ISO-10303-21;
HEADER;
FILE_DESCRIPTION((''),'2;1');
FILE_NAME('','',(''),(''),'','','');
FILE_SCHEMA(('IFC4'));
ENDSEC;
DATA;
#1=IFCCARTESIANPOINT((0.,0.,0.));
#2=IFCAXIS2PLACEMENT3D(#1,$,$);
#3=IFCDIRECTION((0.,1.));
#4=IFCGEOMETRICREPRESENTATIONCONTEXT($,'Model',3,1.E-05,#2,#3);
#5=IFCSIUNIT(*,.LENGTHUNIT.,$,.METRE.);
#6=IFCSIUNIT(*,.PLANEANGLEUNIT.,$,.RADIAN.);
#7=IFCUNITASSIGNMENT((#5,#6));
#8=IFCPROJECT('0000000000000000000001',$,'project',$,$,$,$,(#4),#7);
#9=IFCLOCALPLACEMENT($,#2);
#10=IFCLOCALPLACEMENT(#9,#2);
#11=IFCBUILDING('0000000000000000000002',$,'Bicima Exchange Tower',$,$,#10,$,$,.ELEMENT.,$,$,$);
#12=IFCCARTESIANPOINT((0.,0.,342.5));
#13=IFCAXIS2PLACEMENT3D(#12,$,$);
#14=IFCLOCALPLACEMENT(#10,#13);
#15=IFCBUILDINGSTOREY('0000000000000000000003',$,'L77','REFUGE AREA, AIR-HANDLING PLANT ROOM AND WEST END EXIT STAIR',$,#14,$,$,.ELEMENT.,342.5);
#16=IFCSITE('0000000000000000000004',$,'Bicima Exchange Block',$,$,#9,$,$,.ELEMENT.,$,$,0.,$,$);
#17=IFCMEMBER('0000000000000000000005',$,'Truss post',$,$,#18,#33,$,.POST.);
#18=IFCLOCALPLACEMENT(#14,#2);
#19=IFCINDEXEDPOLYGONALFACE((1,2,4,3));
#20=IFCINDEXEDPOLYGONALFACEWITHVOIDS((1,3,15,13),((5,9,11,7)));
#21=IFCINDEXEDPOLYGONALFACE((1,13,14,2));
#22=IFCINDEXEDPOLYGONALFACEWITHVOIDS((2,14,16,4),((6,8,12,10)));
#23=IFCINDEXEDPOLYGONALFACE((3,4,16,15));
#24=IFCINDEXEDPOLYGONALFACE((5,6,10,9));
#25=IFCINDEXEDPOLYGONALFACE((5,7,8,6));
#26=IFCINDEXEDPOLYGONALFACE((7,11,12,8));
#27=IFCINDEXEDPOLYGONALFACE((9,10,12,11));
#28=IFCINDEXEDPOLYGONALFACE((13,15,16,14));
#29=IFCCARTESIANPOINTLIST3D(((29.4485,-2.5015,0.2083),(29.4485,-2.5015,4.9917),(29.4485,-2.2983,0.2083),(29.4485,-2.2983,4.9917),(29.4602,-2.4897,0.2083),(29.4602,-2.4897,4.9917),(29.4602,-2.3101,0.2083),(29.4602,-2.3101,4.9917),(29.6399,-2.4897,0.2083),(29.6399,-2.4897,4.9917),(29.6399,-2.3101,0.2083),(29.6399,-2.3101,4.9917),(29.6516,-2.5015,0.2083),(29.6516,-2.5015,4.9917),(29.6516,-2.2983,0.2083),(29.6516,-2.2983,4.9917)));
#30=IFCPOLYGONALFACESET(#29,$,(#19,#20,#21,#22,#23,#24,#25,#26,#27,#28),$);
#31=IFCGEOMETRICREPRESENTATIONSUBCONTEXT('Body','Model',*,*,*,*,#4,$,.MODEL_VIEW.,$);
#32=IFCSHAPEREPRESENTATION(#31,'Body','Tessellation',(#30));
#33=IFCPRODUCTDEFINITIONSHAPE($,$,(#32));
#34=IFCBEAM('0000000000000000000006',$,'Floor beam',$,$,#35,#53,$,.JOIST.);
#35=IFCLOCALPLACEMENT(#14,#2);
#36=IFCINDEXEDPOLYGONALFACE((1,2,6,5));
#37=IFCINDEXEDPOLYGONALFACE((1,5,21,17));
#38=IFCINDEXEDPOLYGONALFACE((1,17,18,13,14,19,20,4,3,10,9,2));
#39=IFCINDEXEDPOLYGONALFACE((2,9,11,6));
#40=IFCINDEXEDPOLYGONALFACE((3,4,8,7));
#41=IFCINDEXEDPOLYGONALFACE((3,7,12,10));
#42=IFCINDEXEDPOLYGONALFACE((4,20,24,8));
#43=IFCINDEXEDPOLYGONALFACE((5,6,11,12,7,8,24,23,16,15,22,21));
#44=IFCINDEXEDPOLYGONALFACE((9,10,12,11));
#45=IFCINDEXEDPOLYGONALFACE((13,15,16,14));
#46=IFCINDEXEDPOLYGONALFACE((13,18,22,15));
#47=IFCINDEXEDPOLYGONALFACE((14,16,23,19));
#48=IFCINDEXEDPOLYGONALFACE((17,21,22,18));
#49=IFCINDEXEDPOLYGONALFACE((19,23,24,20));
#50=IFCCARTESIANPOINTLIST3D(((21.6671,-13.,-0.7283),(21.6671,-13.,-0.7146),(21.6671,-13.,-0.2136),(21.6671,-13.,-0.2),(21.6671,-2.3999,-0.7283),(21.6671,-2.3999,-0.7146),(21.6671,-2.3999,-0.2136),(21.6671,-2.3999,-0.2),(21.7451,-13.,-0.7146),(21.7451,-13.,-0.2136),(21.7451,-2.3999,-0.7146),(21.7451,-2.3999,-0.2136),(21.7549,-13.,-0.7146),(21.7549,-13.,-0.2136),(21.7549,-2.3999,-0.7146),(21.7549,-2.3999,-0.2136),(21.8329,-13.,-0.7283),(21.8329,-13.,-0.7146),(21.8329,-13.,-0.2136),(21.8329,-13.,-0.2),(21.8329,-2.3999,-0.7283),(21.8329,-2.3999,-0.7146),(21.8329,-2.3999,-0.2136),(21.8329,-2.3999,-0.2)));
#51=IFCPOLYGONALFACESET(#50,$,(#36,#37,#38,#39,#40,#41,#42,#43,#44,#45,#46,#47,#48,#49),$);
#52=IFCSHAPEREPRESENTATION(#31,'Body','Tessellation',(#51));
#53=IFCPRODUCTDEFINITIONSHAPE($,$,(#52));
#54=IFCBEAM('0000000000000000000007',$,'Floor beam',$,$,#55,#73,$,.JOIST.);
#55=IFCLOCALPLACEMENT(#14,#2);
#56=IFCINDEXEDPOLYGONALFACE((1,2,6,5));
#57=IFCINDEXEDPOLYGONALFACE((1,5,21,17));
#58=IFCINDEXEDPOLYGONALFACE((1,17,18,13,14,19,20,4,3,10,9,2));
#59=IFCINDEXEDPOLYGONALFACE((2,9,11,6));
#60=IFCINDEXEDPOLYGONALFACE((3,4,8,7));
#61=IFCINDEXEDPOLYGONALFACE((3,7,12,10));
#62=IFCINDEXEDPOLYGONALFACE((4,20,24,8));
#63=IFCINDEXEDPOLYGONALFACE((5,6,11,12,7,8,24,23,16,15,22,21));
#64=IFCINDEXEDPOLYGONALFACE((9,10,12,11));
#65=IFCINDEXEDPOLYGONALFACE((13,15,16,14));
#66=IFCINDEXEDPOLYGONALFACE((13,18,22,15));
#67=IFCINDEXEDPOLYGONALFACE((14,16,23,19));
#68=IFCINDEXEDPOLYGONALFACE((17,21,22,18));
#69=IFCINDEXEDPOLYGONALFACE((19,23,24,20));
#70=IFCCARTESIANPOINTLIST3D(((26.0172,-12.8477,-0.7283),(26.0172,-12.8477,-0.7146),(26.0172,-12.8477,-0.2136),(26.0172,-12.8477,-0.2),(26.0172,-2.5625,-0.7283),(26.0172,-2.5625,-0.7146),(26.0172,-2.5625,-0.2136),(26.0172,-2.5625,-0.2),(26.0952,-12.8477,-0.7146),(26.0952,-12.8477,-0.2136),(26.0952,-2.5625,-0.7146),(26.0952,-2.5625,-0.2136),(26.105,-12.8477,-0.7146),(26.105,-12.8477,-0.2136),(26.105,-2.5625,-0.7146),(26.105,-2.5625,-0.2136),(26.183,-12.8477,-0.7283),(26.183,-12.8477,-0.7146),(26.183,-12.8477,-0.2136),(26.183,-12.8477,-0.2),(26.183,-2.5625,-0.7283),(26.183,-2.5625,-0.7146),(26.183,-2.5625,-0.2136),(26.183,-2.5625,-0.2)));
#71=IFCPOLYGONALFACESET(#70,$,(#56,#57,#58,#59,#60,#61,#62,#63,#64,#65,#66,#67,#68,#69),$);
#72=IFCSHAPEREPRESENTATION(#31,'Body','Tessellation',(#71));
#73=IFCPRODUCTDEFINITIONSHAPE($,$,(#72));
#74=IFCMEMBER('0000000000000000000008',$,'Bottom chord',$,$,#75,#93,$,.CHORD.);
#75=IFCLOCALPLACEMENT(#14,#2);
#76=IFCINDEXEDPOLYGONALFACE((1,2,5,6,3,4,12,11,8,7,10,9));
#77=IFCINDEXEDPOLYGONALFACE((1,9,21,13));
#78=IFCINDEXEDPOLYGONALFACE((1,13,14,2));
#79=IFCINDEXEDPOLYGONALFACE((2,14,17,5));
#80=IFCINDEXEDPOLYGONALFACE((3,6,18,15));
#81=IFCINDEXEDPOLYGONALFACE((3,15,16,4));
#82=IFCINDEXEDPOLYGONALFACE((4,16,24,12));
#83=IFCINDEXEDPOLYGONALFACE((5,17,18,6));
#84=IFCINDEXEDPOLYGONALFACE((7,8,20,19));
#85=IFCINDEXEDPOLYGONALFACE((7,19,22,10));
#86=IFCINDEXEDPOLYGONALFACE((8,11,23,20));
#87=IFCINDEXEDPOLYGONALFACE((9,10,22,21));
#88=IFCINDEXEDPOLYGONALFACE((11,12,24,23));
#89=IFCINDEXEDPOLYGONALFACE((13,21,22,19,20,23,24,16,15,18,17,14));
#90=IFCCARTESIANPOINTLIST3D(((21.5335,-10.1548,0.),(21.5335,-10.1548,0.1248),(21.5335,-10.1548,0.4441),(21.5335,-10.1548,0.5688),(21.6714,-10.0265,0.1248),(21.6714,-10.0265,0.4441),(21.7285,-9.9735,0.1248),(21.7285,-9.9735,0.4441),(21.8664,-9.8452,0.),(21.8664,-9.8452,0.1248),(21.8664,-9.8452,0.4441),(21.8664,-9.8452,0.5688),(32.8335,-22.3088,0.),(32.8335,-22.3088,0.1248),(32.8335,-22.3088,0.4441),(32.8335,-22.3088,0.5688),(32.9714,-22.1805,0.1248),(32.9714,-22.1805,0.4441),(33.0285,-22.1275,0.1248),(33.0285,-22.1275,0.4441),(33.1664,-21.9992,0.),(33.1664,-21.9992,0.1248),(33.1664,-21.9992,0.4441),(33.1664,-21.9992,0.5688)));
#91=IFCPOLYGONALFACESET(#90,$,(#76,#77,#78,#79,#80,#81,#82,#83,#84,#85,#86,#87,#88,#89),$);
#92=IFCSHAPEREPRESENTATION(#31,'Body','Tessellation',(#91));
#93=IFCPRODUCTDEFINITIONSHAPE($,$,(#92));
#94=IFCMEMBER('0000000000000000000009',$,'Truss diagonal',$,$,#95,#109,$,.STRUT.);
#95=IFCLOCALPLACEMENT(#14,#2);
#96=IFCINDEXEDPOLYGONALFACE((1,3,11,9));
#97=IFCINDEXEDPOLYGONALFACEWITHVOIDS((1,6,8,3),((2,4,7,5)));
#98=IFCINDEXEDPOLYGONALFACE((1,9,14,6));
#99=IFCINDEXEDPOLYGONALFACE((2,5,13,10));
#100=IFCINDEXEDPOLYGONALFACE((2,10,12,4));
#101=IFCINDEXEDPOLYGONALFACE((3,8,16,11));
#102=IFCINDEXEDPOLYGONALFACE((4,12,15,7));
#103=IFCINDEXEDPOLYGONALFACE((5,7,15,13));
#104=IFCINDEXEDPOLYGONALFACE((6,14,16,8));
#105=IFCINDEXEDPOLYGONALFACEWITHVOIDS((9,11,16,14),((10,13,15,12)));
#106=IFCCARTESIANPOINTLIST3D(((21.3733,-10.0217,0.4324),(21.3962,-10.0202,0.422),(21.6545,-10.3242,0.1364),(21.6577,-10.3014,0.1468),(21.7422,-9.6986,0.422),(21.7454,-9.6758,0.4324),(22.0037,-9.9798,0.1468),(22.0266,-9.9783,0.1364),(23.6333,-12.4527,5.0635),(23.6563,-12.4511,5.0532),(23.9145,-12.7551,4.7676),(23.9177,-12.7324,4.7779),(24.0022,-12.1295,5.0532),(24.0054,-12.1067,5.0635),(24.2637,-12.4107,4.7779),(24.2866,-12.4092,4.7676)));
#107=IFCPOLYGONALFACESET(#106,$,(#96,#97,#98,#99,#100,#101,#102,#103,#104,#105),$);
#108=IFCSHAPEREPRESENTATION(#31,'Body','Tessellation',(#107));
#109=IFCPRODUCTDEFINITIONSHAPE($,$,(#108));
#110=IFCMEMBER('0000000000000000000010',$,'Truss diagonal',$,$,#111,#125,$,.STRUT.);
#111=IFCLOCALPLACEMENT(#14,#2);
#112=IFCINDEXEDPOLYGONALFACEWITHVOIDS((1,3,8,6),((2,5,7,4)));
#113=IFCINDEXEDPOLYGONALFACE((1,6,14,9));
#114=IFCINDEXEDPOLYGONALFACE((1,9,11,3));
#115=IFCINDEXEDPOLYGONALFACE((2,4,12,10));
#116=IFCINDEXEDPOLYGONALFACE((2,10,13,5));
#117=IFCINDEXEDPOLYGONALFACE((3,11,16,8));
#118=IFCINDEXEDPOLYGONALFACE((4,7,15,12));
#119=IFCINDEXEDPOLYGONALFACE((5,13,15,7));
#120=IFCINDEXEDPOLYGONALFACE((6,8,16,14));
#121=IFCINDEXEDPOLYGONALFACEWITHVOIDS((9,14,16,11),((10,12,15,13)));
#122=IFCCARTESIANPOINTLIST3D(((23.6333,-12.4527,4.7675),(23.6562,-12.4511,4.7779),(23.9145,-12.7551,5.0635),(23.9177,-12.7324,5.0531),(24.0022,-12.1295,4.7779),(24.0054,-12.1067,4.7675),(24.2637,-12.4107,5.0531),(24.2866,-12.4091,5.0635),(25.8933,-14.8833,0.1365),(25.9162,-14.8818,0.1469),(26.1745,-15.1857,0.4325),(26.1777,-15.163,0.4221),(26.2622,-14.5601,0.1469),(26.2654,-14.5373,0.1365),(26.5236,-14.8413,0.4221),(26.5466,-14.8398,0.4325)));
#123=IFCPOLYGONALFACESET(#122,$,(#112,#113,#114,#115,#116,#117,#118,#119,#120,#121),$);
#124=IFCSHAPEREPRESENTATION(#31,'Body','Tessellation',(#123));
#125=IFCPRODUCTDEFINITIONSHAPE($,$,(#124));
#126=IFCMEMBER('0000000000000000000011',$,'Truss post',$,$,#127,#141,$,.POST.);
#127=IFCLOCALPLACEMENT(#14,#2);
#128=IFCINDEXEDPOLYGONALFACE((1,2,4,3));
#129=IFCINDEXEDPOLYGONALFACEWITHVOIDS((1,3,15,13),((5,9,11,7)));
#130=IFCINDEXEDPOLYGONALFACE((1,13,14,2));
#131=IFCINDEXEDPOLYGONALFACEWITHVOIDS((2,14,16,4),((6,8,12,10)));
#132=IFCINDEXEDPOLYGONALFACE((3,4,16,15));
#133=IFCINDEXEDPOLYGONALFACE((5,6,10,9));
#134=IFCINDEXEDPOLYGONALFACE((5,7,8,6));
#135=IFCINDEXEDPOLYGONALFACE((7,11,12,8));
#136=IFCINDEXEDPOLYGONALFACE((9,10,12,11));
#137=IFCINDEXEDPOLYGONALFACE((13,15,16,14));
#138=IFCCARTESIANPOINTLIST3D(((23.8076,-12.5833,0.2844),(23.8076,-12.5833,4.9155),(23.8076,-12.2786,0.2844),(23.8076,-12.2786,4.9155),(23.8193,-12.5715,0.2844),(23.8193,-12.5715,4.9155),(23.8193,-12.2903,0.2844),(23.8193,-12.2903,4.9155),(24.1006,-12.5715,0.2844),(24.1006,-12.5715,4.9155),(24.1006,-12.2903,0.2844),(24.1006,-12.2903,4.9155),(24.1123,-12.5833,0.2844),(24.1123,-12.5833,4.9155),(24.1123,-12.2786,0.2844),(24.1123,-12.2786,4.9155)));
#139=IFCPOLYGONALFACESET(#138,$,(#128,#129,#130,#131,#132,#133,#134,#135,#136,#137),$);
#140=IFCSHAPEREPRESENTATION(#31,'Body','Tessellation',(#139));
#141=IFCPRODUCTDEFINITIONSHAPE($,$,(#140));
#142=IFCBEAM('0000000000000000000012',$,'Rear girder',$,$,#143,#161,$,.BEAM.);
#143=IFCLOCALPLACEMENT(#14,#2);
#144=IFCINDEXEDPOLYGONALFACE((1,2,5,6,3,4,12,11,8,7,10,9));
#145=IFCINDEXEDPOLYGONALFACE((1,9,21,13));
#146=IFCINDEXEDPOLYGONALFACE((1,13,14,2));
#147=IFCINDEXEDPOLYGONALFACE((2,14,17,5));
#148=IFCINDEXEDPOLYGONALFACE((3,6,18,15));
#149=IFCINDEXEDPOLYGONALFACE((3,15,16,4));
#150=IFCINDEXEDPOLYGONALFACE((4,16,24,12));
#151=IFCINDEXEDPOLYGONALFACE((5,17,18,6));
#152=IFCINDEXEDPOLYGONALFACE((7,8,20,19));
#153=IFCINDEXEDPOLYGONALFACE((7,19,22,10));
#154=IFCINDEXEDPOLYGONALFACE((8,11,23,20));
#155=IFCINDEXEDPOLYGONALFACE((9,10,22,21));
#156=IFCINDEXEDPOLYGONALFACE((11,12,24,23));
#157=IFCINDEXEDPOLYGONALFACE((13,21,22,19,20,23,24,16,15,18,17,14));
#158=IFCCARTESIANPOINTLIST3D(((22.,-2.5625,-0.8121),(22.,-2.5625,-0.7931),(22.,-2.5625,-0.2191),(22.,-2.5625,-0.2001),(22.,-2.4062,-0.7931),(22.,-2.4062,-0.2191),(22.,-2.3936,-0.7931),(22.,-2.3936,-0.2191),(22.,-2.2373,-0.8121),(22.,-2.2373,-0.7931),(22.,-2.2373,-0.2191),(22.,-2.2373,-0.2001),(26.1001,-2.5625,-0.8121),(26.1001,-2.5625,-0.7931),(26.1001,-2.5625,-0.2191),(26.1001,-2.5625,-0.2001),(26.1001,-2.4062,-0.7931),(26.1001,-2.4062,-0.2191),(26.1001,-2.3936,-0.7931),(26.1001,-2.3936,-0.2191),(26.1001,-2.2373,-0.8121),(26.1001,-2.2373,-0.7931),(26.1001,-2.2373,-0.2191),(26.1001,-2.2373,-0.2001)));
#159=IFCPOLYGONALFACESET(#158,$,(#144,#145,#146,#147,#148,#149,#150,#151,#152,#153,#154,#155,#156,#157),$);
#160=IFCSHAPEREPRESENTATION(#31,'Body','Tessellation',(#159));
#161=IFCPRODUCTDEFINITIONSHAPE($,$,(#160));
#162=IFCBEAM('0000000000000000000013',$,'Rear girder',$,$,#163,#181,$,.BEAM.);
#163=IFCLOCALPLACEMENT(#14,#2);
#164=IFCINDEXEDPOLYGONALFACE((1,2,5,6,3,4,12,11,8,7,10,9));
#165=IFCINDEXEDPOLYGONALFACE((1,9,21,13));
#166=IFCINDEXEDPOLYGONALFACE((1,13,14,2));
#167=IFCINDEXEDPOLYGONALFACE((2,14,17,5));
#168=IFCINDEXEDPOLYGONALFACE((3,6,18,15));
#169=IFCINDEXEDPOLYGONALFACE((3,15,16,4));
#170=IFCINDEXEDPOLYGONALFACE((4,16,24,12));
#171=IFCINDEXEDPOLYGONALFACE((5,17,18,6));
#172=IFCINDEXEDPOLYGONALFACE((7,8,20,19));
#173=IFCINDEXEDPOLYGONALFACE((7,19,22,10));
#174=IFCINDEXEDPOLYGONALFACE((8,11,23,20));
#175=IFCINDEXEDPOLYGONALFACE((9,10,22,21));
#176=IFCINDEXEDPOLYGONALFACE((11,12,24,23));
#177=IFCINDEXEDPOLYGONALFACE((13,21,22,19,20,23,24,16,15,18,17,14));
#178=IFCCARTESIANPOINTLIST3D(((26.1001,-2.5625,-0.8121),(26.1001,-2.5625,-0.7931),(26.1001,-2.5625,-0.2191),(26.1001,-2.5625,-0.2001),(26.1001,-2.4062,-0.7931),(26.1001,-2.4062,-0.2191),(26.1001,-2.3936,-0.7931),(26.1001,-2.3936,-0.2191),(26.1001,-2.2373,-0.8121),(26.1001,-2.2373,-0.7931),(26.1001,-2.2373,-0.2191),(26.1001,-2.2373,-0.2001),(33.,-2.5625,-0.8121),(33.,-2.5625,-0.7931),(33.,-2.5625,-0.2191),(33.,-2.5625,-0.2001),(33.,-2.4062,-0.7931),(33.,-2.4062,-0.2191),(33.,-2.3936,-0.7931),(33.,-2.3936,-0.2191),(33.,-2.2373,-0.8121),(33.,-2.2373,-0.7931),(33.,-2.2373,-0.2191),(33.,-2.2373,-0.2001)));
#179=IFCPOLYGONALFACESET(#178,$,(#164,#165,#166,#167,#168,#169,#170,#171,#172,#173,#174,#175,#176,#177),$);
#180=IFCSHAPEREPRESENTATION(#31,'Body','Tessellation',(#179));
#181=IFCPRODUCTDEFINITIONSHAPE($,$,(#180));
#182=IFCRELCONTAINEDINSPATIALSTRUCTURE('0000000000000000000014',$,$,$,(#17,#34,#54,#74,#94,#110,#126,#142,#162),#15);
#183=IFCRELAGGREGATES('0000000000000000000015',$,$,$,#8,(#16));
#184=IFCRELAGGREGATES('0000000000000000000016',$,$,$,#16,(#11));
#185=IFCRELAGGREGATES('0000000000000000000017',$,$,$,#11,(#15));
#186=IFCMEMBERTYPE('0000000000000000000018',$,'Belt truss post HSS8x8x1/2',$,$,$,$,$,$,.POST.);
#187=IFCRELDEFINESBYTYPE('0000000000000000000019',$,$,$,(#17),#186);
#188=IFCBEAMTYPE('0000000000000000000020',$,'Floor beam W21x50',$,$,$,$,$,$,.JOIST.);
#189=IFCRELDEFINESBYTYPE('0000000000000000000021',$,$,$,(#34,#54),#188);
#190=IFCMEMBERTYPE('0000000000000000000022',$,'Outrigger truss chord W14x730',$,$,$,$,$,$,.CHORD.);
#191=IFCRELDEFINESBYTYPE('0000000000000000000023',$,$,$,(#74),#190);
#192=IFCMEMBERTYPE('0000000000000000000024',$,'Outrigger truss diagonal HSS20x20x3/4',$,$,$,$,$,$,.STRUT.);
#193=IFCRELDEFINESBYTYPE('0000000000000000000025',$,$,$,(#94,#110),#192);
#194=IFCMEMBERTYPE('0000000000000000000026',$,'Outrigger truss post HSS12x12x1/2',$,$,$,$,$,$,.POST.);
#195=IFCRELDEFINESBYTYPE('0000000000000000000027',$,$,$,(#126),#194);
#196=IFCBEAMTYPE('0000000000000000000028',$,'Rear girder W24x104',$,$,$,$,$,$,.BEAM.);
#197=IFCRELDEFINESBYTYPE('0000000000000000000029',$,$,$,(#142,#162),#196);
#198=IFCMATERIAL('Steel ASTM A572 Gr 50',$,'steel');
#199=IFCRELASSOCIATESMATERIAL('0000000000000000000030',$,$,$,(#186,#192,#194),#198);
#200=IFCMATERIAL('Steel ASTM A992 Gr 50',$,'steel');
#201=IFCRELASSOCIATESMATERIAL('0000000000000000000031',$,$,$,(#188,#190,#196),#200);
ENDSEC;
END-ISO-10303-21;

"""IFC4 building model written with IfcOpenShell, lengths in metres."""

from ifc_helpers import new_model, si_unit, direction, frame, origin, origin_2d, place, context, subcontext, project, spatial, hollow_rectangle, i_section, extrude, material, material_profile, profile_set, type_object, element, save


model = new_model("IFC4")

# Units and contexts
model_context = context("Model", 3, precision=1e-05, world=origin(), true_north=direction((0.0, 1.0)))
body_context = subcontext(model_context, "Body", "Model", "MODEL_VIEW")
ifc_project = project(units=[si_unit("LENGTHUNIT", "METRE"), si_unit("PLANEANGLEUNIT", "RADIAN")], contexts=[model_context])

# Site, building, storey
site_placement = place(None, origin())
site = spatial("IfcSite", under=ifc_project, at=site_placement, Name="Bicima Exchange Block", CompositionType="ELEMENT", RefElevation=0.0)
building_placement = place(site_placement, origin())
building = spatial("IfcBuilding", under=site, at=building_placement, Name="Bicima Exchange Tower", CompositionType="ELEMENT")
storey_placement = place(building_placement, frame((0.0, 0.0, 342.5)))
storey = spatial("IfcBuildingStorey", under=building, at=storey_placement, Name="L77", Description="REFUGE AREA, AIR-HANDLING PLANT ROOM AND WEST END EXIT STAIR", CompositionType="ELEMENT", Elevation=342.5)

# Shared definitions
ifc_material_1 = material(Name="Steel ASTM A572 Gr 50", Category="steel")
ifc_material_2 = material(Name="Steel ASTM A992 Gr 50", Category="steel")

# Member
ifc_material_profile_1 = material_profile(ifc_material_1, hollow_rectangle(XDim=0.2031, YDim=0.2031, WallThickness=0.0117, at=origin_2d()))
ifc_profile_set_1 = profile_set([ifc_material_profile_1], Name="Steel ASTM A572 Gr 50")
member_type_1 = type_object("IfcMemberType", Name="Belt truss post HSS8x8x1/2", PredefinedType="POST", material=ifc_profile_set_1)
member_1_placement = place(storey_placement, frame((29.55, -2.3999, 0.2083), z_axis=(0.0, 0.0, 1.0), x_axis=(1.0, 0.0, 0.0)))
element("IfcMember", 1, at=member_1_placement, inside=storey, type_object=member_type_1, Name="Truss post", PredefinedType="POST", context=body_context, shape_type="SweptSolid", body=[
    extrude(hollow_rectangle(XDim=0.2031, YDim=0.2031, WallThickness=0.0117, at=origin_2d()), origin(), (0.0, 0.0, 1.0), 4.7834),
])

# Beams
ifc_material_profile_2 = material_profile(ifc_material_2, i_section(OverallWidth=0.1658, OverallDepth=0.5283, WebThickness=0.0098, FlangeThickness=0.0137, at=origin_2d()))
ifc_profile_set_2 = profile_set([ifc_material_profile_2], Name="Steel ASTM A992 Gr 50")
beam_type_1 = type_object("IfcBeamType", Name="Floor beam W21x50", PredefinedType="JOIST", material=ifc_profile_set_2)
beam_1_placement = place(storey_placement, frame((21.75, -2.3999, -0.4641), z_axis=(0.0, -1.0, 0.0), x_axis=(1.0, 0.0, 0.0)))
element("IfcBeam", 2, at=beam_1_placement, inside=storey, type_object=beam_type_1, Name="Floor beam", PredefinedType="JOIST", context=body_context, shape_type="SweptSolid", body=[
    extrude(i_section(OverallWidth=0.1658, OverallDepth=0.5283, WebThickness=0.0098, FlangeThickness=0.0137, at=origin_2d()), origin(), (0.0, 0.0, 1.0), 10.6001),
])
beam_2_placement = place(storey_placement, frame((26.1001, -2.5625, -0.4641), z_axis=(0.0, -1.0, 0.0), x_axis=(1.0, 0.0, 0.0)))
element("IfcBeam", 3, at=beam_2_placement, inside=storey, type_object=beam_type_1, Name="Floor beam", PredefinedType="JOIST", context=body_context, shape_type="SweptSolid", body=[
    extrude(i_section(OverallWidth=0.1658, OverallDepth=0.5283, WebThickness=0.0098, FlangeThickness=0.0137, at=origin_2d()), origin(), (0.0, 0.0, 1.0), 10.2852),
])

# Members
ifc_material_profile_3 = material_profile(ifc_material_2, i_section(OverallWidth=0.4546, OverallDepth=0.5688, WebThickness=0.0779, FlangeThickness=0.1248, at=origin_2d()))
ifc_profile_set_3 = profile_set([ifc_material_profile_3], Name="Steel ASTM A992 Gr 50")
member_type_2 = type_object("IfcMemberType", Name="Outrigger truss chord W14x730", PredefinedType="CHORD", material=ifc_profile_set_3)
member_2_placement = place(storey_placement, frame((21.7, -10.0, 0.2844), z_axis=(0.680909, -0.732368, 0.0), x_axis=(0.732368, 0.680909, 0.0)))
element("IfcMember", 4, at=member_2_placement, inside=storey, type_object=member_type_2, Name="Bottom chord", PredefinedType="CHORD", context=body_context, shape_type="SweptSolid", body=[
    extrude(i_section(OverallWidth=0.4546, OverallDepth=0.5688, WebThickness=0.0779, FlangeThickness=0.1248, at=origin_2d()), origin(), (0.0, 0.0, 1.0), 16.5955),
])
ifc_material_profile_4 = material_profile(ifc_material_1, hollow_rectangle(XDim=0.5081, YDim=0.5081, WallThickness=0.0178, at=origin_2d()))
ifc_profile_set_4 = profile_set([ifc_material_profile_4], Name="Steel ASTM A572 Gr 50")
member_type_3 = type_object("IfcMemberType", Name="Outrigger truss diagonal HSS20x20x3/4", PredefinedType="STRUT", material=ifc_profile_set_4)
member_3_placement = place(storey_placement, frame((21.7, -10.0, 0.2844), z_axis=(0.396651, -0.426645, 0.812799), x_axis=(0.732382, 0.680894, 0.0)))
element("IfcMember", 5, at=member_3_placement, inside=storey, type_object=member_type_3, Name="Truss diagonal", PredefinedType="STRUT", context=body_context, shape_type="SweptSolid", body=[
    extrude(hollow_rectangle(XDim=0.5081, YDim=0.5081, WallThickness=0.0178, at=origin_2d()), origin(), (0.0, 0.0, 1.0), 5.6978),
])
member_4_placement = place(storey_placement, frame((23.96, -12.4309, 4.9155), z_axis=(0.396658, -0.42661, -0.812813), x_axis=(0.732348, 0.680931, 0.0)))
element("IfcMember", 6, at=member_4_placement, inside=storey, type_object=member_type_3, Name="Truss diagonal", PredefinedType="STRUT", context=body_context, shape_type="SweptSolid", body=[
    extrude(hollow_rectangle(XDim=0.5081, YDim=0.5081, WallThickness=0.0178, at=origin_2d()), origin(), (0.0, 0.0, 1.0), 5.6975),
])
ifc_material_profile_5 = material_profile(ifc_material_1, hollow_rectangle(XDim=0.3047, YDim=0.3047, WallThickness=0.0117, at=origin_2d()))
ifc_profile_set_5 = profile_set([ifc_material_profile_5], Name="Steel ASTM A572 Gr 50")
member_type_4 = type_object("IfcMemberType", Name="Outrigger truss post HSS12x12x1/2", PredefinedType="POST", material=ifc_profile_set_5)
member_5_placement = place(storey_placement, frame((23.96, -12.4309, 0.2844), z_axis=(0.0, 0.0, 1.0), x_axis=(1.0, 0.0, 0.0)))
element("IfcMember", 7, at=member_5_placement, inside=storey, type_object=member_type_4, Name="Truss post", PredefinedType="POST", context=body_context, shape_type="SweptSolid", body=[
    extrude(hollow_rectangle(XDim=0.3047, YDim=0.3047, WallThickness=0.0117, at=origin_2d()), origin(), (0.0, 0.0, 1.0), 4.6311),
])

# Beams
ifc_material_profile_6 = material_profile(ifc_material_2, i_section(OverallWidth=0.3252, OverallDepth=0.6121, WebThickness=0.0127, FlangeThickness=0.019, at=origin_2d()))
ifc_profile_set_6 = profile_set([ifc_material_profile_6], Name="Steel ASTM A992 Gr 50")
beam_type_2 = type_object("IfcBeamType", Name="Rear girder W24x104", PredefinedType="BEAM", material=ifc_profile_set_6)
beam_3_placement = place(storey_placement, frame((22.0, -2.3999, -0.5061), z_axis=(1.0, 0.0, 0.0), x_axis=(0.0, 1.0, 0.0)))
element("IfcBeam", 8, at=beam_3_placement, inside=storey, type_object=beam_type_2, Name="Rear girder", PredefinedType="BEAM", context=body_context, shape_type="SweptSolid", body=[
    extrude(i_section(OverallWidth=0.3252, OverallDepth=0.6121, WebThickness=0.0127, FlangeThickness=0.019, at=origin_2d()), origin(), (0.0, 0.0, 1.0), 4.1001),
])
beam_4_placement = place(storey_placement, frame((26.1001, -2.3999, -0.5061), z_axis=(1.0, 0.0, 0.0), x_axis=(0.0, 1.0, 0.0)))
element("IfcBeam", 9, at=beam_4_placement, inside=storey, type_object=beam_type_2, Name="Rear girder", PredefinedType="BEAM", context=body_context, shape_type="SweptSolid", body=[
    extrude(i_section(OverallWidth=0.3252, OverallDepth=0.6121, WebThickness=0.0127, FlangeThickness=0.019, at=origin_2d()), origin(), (0.0, 0.0, 1.0), 6.8999),
])

save(model, "model.ifc")
